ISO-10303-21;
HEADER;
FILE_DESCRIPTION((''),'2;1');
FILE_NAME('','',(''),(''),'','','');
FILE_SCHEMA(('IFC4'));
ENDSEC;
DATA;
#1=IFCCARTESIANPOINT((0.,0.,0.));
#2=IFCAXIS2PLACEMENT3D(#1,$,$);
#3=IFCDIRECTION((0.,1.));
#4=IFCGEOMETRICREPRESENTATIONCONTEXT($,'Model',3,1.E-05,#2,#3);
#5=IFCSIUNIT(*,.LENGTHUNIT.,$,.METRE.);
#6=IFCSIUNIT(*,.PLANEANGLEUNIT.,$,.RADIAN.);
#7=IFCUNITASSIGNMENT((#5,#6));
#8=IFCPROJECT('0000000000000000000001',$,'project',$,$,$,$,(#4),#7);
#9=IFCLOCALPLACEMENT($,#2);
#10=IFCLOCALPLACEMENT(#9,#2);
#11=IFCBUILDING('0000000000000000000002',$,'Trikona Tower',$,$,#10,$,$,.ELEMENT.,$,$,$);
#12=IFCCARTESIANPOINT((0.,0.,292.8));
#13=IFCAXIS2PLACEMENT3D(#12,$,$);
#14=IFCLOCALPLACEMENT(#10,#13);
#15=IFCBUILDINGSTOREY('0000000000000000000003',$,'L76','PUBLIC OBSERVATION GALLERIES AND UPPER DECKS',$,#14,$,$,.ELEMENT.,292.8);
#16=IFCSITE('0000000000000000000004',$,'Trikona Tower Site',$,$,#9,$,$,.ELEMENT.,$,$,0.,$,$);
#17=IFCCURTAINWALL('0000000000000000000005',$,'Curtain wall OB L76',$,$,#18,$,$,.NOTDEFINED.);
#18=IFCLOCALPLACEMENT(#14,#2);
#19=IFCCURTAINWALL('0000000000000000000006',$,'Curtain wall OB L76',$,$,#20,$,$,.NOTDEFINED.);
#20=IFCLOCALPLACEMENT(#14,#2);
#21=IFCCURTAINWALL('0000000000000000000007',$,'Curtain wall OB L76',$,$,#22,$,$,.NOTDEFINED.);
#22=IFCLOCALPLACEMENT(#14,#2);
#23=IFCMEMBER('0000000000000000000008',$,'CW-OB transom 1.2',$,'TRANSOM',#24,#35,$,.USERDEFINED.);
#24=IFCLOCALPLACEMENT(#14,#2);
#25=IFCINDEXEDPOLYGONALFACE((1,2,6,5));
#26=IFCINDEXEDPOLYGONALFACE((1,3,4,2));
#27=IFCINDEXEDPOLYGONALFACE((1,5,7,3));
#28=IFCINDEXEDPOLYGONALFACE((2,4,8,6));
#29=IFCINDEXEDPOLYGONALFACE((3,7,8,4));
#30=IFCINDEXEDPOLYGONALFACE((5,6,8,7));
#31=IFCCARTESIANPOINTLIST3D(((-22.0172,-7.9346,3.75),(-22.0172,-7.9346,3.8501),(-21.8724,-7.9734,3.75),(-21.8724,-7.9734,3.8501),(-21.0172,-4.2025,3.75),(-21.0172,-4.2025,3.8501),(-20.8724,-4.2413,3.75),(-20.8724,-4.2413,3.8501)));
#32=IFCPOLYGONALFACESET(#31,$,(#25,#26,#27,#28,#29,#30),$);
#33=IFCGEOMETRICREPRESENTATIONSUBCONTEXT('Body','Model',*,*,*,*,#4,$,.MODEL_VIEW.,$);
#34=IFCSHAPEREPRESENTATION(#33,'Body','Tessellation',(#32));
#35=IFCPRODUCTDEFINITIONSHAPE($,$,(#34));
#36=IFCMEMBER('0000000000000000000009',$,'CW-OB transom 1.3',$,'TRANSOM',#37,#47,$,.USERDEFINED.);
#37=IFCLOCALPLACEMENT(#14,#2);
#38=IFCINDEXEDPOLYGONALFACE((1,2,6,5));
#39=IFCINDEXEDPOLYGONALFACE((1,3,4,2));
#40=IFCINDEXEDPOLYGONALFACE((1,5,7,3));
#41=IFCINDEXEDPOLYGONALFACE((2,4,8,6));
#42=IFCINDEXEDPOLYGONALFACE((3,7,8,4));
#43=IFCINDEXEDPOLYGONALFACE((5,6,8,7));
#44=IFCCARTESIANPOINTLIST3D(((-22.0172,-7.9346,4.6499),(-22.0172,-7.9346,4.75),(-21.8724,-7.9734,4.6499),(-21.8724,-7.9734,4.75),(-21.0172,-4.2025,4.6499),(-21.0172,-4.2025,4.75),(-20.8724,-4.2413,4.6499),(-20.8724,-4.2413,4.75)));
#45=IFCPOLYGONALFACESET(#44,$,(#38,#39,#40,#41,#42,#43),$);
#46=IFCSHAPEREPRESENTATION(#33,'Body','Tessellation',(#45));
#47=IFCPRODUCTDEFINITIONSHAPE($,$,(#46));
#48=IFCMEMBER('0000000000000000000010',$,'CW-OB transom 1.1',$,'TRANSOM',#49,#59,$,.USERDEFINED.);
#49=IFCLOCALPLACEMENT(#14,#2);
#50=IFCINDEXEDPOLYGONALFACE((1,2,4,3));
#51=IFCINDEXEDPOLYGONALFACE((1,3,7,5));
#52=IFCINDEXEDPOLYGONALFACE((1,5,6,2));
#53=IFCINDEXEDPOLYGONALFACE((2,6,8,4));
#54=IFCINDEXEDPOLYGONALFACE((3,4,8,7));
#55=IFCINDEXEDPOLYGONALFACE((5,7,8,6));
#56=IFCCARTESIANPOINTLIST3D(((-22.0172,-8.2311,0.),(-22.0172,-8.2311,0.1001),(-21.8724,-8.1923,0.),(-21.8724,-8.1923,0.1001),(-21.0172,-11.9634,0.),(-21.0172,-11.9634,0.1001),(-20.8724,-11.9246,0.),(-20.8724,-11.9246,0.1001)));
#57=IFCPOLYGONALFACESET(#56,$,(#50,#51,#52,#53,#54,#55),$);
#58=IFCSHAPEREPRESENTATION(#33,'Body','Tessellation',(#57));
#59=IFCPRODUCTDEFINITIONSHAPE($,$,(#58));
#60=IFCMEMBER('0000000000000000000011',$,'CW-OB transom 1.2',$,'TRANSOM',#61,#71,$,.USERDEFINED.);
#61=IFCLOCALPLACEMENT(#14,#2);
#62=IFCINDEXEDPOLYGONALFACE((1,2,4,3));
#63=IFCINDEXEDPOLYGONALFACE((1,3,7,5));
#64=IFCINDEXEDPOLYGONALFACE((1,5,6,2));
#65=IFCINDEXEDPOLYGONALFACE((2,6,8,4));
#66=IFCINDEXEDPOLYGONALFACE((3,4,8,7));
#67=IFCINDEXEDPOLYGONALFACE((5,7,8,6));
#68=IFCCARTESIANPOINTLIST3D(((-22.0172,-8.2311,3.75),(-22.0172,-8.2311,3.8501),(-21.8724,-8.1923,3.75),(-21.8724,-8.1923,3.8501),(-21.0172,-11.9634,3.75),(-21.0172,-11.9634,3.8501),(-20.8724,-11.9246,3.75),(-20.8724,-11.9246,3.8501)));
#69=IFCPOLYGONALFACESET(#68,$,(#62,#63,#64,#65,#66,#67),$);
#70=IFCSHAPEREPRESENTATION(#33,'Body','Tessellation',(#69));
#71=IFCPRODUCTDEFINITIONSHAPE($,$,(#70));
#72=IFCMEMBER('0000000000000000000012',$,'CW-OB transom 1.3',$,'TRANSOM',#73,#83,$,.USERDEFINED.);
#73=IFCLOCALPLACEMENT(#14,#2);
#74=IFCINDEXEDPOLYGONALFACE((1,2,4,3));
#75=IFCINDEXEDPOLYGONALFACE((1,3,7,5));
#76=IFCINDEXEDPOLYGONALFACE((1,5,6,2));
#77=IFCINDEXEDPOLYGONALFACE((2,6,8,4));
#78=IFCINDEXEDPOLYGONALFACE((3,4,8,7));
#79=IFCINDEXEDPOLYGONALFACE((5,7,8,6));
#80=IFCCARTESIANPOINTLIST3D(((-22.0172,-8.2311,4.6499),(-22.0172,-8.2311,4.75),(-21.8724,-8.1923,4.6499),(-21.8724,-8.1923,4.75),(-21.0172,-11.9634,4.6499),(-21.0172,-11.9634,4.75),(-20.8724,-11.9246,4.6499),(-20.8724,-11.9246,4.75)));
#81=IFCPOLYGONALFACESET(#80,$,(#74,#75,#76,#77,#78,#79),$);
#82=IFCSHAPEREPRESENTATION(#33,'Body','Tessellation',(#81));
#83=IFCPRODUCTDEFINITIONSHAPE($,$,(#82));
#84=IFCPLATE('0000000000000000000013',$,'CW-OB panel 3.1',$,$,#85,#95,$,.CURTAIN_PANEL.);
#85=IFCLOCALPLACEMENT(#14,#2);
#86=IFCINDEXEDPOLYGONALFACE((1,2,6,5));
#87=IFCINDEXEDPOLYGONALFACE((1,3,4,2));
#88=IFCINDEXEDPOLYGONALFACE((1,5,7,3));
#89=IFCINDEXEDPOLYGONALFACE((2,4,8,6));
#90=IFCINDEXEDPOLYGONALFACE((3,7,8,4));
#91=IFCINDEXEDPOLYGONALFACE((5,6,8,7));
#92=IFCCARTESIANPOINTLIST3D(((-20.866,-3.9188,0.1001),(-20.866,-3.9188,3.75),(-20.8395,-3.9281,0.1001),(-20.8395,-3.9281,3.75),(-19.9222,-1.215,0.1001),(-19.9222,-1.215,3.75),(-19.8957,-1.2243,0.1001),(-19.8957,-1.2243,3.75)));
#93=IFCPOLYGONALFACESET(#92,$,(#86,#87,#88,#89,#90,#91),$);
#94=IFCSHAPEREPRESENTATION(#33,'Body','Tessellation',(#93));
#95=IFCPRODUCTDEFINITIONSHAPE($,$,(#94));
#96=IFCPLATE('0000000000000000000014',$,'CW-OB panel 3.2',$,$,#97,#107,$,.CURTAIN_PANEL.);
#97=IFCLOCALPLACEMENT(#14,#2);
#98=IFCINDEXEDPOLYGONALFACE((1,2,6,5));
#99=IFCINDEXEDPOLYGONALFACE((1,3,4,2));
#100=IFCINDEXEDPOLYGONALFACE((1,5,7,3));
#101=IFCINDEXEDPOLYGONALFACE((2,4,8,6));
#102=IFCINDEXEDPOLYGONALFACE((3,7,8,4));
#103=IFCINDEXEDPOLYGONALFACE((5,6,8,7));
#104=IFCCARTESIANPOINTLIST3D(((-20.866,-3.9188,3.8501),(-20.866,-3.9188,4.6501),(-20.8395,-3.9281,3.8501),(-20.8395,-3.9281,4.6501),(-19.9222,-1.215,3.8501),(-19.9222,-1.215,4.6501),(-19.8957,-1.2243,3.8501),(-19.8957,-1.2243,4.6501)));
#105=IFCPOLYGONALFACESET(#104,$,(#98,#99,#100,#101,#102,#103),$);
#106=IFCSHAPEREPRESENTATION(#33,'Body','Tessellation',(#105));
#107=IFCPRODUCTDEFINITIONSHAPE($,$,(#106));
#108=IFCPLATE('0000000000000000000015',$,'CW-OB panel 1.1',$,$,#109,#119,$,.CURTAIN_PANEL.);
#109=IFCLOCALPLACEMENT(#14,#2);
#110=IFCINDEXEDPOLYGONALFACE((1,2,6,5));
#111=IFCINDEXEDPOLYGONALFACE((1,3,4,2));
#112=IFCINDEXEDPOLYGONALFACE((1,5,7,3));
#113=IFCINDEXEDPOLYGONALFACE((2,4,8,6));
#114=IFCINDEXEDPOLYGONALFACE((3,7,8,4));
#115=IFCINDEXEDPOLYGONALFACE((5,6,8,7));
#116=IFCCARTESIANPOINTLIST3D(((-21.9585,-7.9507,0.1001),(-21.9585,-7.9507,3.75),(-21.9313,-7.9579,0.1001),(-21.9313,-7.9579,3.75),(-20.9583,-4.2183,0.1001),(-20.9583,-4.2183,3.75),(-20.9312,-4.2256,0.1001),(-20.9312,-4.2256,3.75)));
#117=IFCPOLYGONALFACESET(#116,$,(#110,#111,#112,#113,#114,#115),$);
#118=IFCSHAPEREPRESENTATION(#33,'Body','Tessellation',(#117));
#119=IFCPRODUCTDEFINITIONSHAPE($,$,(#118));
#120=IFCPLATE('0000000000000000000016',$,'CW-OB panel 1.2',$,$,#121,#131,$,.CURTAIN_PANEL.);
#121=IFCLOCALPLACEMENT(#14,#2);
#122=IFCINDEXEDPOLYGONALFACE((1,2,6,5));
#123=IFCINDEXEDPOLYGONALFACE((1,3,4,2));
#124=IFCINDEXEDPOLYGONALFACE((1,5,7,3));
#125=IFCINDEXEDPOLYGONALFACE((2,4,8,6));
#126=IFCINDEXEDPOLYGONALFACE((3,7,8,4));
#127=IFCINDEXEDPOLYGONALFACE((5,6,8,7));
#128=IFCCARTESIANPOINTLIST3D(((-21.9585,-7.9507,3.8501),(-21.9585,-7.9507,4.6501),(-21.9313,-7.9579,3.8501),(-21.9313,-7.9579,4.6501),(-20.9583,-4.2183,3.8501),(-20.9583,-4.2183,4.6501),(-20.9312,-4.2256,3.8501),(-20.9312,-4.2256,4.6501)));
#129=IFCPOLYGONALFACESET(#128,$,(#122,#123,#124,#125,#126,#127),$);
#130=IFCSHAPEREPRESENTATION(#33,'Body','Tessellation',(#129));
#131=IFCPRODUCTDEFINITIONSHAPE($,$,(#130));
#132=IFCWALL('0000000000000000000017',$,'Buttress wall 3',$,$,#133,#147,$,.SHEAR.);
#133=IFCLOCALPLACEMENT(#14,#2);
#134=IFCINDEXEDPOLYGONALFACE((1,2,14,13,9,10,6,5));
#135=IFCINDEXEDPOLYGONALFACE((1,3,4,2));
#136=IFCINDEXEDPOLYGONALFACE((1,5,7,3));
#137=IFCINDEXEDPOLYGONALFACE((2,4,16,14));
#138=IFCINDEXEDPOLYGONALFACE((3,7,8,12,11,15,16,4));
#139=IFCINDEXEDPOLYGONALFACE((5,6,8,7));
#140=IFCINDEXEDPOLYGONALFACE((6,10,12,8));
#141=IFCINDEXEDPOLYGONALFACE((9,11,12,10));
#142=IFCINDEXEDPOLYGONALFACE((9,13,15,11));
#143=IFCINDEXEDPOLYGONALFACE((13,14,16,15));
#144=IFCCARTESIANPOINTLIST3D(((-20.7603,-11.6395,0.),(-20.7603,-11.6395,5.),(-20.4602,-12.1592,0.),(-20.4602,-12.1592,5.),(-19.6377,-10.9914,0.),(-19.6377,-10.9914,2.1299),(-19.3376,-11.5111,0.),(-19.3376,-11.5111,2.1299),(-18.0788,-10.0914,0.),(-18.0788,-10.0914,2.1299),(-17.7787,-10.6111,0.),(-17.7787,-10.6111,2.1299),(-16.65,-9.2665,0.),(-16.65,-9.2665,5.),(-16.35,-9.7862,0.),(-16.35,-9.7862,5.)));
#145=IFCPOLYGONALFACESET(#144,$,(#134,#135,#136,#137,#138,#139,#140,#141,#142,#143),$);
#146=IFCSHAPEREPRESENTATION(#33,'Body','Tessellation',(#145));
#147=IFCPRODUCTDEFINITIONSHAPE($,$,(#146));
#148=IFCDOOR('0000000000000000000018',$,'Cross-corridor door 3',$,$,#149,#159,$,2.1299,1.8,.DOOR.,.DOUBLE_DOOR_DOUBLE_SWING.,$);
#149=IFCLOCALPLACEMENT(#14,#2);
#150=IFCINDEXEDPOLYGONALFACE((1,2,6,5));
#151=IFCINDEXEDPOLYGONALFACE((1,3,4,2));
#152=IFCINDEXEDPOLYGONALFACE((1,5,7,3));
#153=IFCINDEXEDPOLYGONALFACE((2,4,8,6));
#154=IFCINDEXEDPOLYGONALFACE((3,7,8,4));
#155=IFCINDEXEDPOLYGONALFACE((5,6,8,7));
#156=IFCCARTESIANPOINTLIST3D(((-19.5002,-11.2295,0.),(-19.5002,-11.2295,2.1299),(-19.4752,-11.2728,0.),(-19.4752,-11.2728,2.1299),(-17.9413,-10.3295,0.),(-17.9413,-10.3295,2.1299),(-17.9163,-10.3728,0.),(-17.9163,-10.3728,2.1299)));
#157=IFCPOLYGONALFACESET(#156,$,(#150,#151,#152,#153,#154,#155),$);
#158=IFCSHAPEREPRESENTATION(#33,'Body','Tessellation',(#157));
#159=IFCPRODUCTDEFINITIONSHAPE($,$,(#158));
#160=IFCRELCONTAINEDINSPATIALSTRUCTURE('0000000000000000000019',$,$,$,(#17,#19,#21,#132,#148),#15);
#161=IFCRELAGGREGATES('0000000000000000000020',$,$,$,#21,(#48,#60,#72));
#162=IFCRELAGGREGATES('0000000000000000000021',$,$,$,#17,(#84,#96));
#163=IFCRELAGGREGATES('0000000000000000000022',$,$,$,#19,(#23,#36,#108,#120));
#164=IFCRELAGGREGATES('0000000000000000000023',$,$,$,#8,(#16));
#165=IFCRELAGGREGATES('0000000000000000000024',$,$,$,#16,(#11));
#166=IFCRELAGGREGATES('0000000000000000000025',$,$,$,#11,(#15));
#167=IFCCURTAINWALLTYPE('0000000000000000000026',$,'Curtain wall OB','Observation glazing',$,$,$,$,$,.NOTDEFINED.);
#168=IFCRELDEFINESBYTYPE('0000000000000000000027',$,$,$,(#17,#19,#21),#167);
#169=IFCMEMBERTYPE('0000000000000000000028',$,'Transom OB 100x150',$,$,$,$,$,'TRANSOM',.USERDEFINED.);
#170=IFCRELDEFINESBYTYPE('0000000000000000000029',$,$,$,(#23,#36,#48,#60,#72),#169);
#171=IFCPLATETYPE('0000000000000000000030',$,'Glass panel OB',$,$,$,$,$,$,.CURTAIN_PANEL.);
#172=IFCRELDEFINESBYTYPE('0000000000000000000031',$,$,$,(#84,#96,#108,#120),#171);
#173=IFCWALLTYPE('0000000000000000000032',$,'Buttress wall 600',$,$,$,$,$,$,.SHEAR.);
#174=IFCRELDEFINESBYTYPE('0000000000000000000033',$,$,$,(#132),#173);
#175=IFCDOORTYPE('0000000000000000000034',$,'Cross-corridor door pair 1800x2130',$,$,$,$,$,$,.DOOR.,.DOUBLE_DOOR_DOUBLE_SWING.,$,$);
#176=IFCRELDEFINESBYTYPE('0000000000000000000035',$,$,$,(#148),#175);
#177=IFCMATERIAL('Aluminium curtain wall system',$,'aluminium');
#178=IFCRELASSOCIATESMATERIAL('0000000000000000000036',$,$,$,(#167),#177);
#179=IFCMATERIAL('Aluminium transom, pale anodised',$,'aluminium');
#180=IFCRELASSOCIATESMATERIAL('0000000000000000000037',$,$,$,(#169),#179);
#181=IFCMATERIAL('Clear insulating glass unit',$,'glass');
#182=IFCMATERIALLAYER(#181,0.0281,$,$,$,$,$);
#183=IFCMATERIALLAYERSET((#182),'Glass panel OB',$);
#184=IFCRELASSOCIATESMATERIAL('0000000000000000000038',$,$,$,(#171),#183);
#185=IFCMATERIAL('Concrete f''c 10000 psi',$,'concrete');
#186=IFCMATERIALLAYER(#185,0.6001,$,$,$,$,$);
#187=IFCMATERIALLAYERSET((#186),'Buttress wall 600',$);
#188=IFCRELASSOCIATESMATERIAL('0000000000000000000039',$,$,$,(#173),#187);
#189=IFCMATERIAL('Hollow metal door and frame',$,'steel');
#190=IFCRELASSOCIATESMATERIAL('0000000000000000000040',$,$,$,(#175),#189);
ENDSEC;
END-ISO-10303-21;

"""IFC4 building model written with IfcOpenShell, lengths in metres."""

from ifc_helpers import new_model, si_unit, direction, frame, frame_2d, origin, origin_2d, place, context, subcontext, project, spatial, rectangle, extrude, material, layer, layer_set, material_profile, profile_set, type_object, element, fill, aggregate, save


model = new_model("IFC4")

# Units and contexts
model_context = context("Model", 3, precision=1e-05, world=origin(), true_north=direction((0.0, 1.0)))
body_context = subcontext(model_context, "Body", "Model", "MODEL_VIEW")
ifc_project = project(units=[si_unit("LENGTHUNIT", "METRE"), si_unit("PLANEANGLEUNIT", "RADIAN")], contexts=[model_context])

# Site, building, storey
site_placement = place(None, origin())
site = spatial("IfcSite", under=ifc_project, at=site_placement, Name="Trikona Tower Site", CompositionType="ELEMENT", RefElevation=0.0)
building_placement = place(site_placement, origin())
building = spatial("IfcBuilding", under=site, at=building_placement, Name="Trikona Tower", CompositionType="ELEMENT")
storey_placement = place(building_placement, frame((0.0, 0.0, 292.8)))
storey = spatial("IfcBuildingStorey", under=building, at=storey_placement, Name="L76", Description="PUBLIC OBSERVATION GALLERIES AND UPPER DECKS", CompositionType="ELEMENT", Elevation=292.8)

# Curtain walls
ifc_material_1 = material(Name="Aluminium curtain wall system", Category="aluminium")
curtain_wall_type = type_object("IfcCurtainWallType", Name="Curtain wall OB", Description="Observation glazing", PredefinedType="NOTDEFINED", material=ifc_material_1)
curtain_wall_1_placement = place(storey_placement, origin())
curtain_wall_1 = element("IfcCurtainWall", 1, at=curtain_wall_1_placement, inside=storey, type_object=curtain_wall_type, Name="Curtain wall OB L76", PredefinedType="NOTDEFINED")
curtain_wall_2_placement = place(storey_placement, origin())
curtain_wall_2 = element("IfcCurtainWall", 2, at=curtain_wall_2_placement, inside=storey, type_object=curtain_wall_type, Name="Curtain wall OB L76", PredefinedType="NOTDEFINED")

# Curtain wall
curtain_wall_3_placement = place(storey_placement, origin())
curtain_wall_3 = element("IfcCurtainWall", 3, at=curtain_wall_3_placement, inside=storey, type_object=curtain_wall_type, Name="Curtain wall OB L76", PredefinedType="NOTDEFINED")

# Members
ifc_material_2 = material(Name="Aluminium transom, pale anodised", Category="aluminium")
ifc_material_profile_1 = material_profile(ifc_material_2, rectangle(XDim=0.1499, YDim=0.1001, at=origin_2d()), Name="TRN-OB")
ifc_profile_set_1 = profile_set([ifc_material_profile_1], Name="Aluminium transom, pale anodised")
member_type_1 = type_object("IfcMemberType", Name="Transom OB 100x150", ElementType="TRANSOM", PredefinedType="USERDEFINED", material=ifc_profile_set_1)
member_1_placement = place(storey_placement, frame((-20.9448, -4.2219, 3.8), z_axis=(-0.258811, -0.965928, 0.0), x_axis=(0.965928, -0.258811, 0.0)))
member_1 = element("IfcMember", 4, at=member_1_placement, type_object=member_type_1, Name="CW-OB transom 1.2", ObjectType="TRANSOM", PredefinedType="USERDEFINED", context=body_context, shape_type="SweptSolid", body=[
    extrude(rectangle(XDim=0.1499, YDim=0.1001, at=origin_2d()), origin(), (0.0, 0.0, 1.0), 3.8638),
])
member_2_placement = place(storey_placement, frame((-20.9448, -4.2219, 4.7), z_axis=(-0.258811, -0.965928, 0.0), x_axis=(0.965928, -0.258811, 0.0)))
member_2 = element("IfcMember", 5, at=member_2_placement, type_object=member_type_1, Name="CW-OB transom 1.3", ObjectType="TRANSOM", PredefinedType="USERDEFINED", context=body_context, shape_type="SweptSolid", body=[
    extrude(rectangle(XDim=0.1499, YDim=0.1001, at=origin_2d()), origin(), (0.0, 0.0, 1.0), 3.8638),
])
member_3_placement = place(storey_placement, frame((-21.9448, -8.2117, 0.05), z_axis=(0.258795, -0.965932, 0.0), x_axis=(0.965932, 0.258795, 0.0)))
member_3 = element("IfcMember", 6, at=member_3_placement, type_object=member_type_1, Name="CW-OB transom 1.1", ObjectType="TRANSOM", PredefinedType="USERDEFINED", context=body_context, shape_type="SweptSolid", body=[
    extrude(rectangle(XDim=0.1499, YDim=0.1001, at=origin_2d()), origin(), (0.0, 0.0, 1.0), 3.864),
])
member_4_placement = place(storey_placement, frame((-21.9448, -8.2117, 3.8), z_axis=(0.258795, -0.965932, 0.0), x_axis=(0.965932, 0.258795, 0.0)))
member_4 = element("IfcMember", 7, at=member_4_placement, type_object=member_type_1, Name="CW-OB transom 1.2", ObjectType="TRANSOM", PredefinedType="USERDEFINED", context=body_context, shape_type="SweptSolid", body=[
    extrude(rectangle(XDim=0.1499, YDim=0.1001, at=origin_2d()), origin(), (0.0, 0.0, 1.0), 3.864),
])
member_5_placement = place(storey_placement, frame((-21.9448, -8.2117, 4.7), z_axis=(0.258795, -0.965932, 0.0), x_axis=(0.965932, 0.258795, 0.0)))
member_5 = element("IfcMember", 8, at=member_5_placement, type_object=member_type_1, Name="CW-OB transom 1.3", ObjectType="TRANSOM", PredefinedType="USERDEFINED", context=body_context, shape_type="SweptSolid", body=[
    extrude(rectangle(XDim=0.1499, YDim=0.1001, at=origin_2d()), origin(), (0.0, 0.0, 1.0), 3.864),
])
aggregate(curtain_wall_3, [member_3, member_4, member_5])

# Plates
ifc_material_3 = material(Name="Clear insulating glass unit", Category="glass")
ifc_layer_1 = layer(ifc_material_3, 0.0281)
ifc_layer_set_1 = layer_set([ifc_layer_1], Name="Glass panel OB")
plate_type = type_object("IfcPlateType", Name="Glass panel OB", PredefinedType="CURTAIN_PANEL", material=ifc_layer_set_1)
plate_1_placement = place(storey_placement, frame((-20.3809, -2.5715, 0.1001), z_axis=(0.0, 0.0, 1.0), x_axis=(-0.329552, -0.944137, 0.0)))
plate_1 = element("IfcPlate", 9, at=plate_1_placement, type_object=plate_type, Name="CW-OB panel 3.1", PredefinedType="CURTAIN_PANEL", context=body_context, shape_type="SweptSolid", body=[
    extrude(rectangle(XDim=2.8638, YDim=0.0281, at=origin_2d()), origin(), (0.0, 0.0, 1.0), 3.6499),
])
plate_2_placement = place(storey_placement, frame((-20.3809, -2.5715, 3.8501), z_axis=(0.0, 0.0, 1.0), x_axis=(-0.329552, -0.944137, 0.0)))
plate_2 = element("IfcPlate", 10, at=plate_2_placement, type_object=plate_type, Name="CW-OB panel 3.2", PredefinedType="CURTAIN_PANEL", context=body_context, shape_type="SweptSolid", body=[
    extrude(rectangle(XDim=2.8638, YDim=0.0281, at=origin_2d()), origin(), (0.0, 0.0, 1.0), 0.8),
])
aggregate(curtain_wall_1, [plate_1, plate_2])
plate_3_placement = place(storey_placement, frame((-21.4448, -6.0881, 0.1001), z_axis=(0.0, 0.0, 1.0), x_axis=(-0.258834, -0.965922, 0.0)))
plate_3 = element("IfcPlate", 11, at=plate_3_placement, type_object=plate_type, Name="CW-OB panel 1.1", PredefinedType="CURTAIN_PANEL", context=body_context, shape_type="SweptSolid", body=[
    extrude(rectangle(XDim=3.864, YDim=0.0281, at=origin_2d()), origin(), (0.0, 0.0, 1.0), 3.6499),
])
plate_4_placement = place(storey_placement, frame((-21.4448, -6.0881, 3.8501), z_axis=(0.0, 0.0, 1.0), x_axis=(-0.258834, -0.965922, 0.0)))
plate_4 = element("IfcPlate", 12, at=plate_4_placement, type_object=plate_type, Name="CW-OB panel 1.2", PredefinedType="CURTAIN_PANEL", context=body_context, shape_type="SweptSolid", body=[
    extrude(rectangle(XDim=3.864, YDim=0.0281, at=origin_2d()), origin(), (0.0, 0.0, 1.0), 0.8),
])
aggregate(curtain_wall_2, [member_1, member_2, plate_3, plate_4])

# Wall, opening, door
ifc_material_4 = material(Name="Concrete f'c 10000 psi", Category="concrete")
ifc_layer_2 = layer(ifc_material_4, 0.6001)
ifc_layer_set_2 = layer_set([ifc_layer_2], Name="Buttress wall 600")
wall_type_1 = type_object("IfcWallType", Name="Buttress wall 600", PredefinedType="SHEAR", material=ifc_layer_set_2)
wall_1_placement = place(storey_placement, frame((-16.5, -9.5264, 0.0), z_axis=(0.0, 0.0, 1.0), x_axis=(-0.866031, -0.49999, 0.0)))
wall_1 = element("IfcWall", 13, at=wall_1_placement, inside=storey, type_object=wall_type_1, Name="Buttress wall 3", PredefinedType="SHEAR", context=body_context, shape_type="SweptSolid", body=[
    extrude(rectangle(XDim=4.7461, YDim=0.6001, at=frame_2d((2.373, 0.0))), origin(), (0.0, 0.0, 1.0), 5.0),
])
opening_1_placement = place(wall_1_placement, frame((1.6499, 0.0, 0.0)))
opening_1 = element("IfcOpeningElement", 14, at=opening_1_placement, cuts=wall_1, PredefinedType="OPENING", context=body_context, shape_type="SweptSolid", body=[
    extrude(rectangle(XDim=1.8, YDim=2.1299, at=frame_2d((0.8999, 1.0649))), frame((0.0, 0.3101, 0.0), z_axis=(0.0, -1.0, 0.0), x_axis=(1.0, 0.0, 0.0)), (0.0, 0.0, 1.0), 0.6201),
])
ifc_material_5 = material(Name="Hollow metal door and frame", Category="steel")
door_type_1 = type_object("IfcDoorType", Name="Cross-corridor door pair 1800x2130", OperationType="DOUBLE_DOOR_DOUBLE_SWING", PredefinedType="DOOR", material=ifc_material_5)
door_1_placement = place(opening_1_placement, origin())
door_1 = element("IfcDoor", 15, at=door_1_placement, inside=storey, type_object=door_type_1, Name="Cross-corridor door 3", OperationType="DOUBLE_DOOR_DOUBLE_SWING", OverallHeight=2.1299, OverallWidth=1.8, PredefinedType="DOOR", context=body_context, shape_type="SweptSolid", body=[
    extrude(rectangle(XDim=1.8, YDim=2.1299, at=frame_2d((0.8999, 1.0649))), frame((0.0, 0.0249, 0.0), z_axis=(0.0, -1.0, 0.0), x_axis=(1.0, 0.0, 0.0)), (0.0, 0.0, 1.0), 0.05),
])
fill(opening_1, door_1)

save(model, "model.ifc")
